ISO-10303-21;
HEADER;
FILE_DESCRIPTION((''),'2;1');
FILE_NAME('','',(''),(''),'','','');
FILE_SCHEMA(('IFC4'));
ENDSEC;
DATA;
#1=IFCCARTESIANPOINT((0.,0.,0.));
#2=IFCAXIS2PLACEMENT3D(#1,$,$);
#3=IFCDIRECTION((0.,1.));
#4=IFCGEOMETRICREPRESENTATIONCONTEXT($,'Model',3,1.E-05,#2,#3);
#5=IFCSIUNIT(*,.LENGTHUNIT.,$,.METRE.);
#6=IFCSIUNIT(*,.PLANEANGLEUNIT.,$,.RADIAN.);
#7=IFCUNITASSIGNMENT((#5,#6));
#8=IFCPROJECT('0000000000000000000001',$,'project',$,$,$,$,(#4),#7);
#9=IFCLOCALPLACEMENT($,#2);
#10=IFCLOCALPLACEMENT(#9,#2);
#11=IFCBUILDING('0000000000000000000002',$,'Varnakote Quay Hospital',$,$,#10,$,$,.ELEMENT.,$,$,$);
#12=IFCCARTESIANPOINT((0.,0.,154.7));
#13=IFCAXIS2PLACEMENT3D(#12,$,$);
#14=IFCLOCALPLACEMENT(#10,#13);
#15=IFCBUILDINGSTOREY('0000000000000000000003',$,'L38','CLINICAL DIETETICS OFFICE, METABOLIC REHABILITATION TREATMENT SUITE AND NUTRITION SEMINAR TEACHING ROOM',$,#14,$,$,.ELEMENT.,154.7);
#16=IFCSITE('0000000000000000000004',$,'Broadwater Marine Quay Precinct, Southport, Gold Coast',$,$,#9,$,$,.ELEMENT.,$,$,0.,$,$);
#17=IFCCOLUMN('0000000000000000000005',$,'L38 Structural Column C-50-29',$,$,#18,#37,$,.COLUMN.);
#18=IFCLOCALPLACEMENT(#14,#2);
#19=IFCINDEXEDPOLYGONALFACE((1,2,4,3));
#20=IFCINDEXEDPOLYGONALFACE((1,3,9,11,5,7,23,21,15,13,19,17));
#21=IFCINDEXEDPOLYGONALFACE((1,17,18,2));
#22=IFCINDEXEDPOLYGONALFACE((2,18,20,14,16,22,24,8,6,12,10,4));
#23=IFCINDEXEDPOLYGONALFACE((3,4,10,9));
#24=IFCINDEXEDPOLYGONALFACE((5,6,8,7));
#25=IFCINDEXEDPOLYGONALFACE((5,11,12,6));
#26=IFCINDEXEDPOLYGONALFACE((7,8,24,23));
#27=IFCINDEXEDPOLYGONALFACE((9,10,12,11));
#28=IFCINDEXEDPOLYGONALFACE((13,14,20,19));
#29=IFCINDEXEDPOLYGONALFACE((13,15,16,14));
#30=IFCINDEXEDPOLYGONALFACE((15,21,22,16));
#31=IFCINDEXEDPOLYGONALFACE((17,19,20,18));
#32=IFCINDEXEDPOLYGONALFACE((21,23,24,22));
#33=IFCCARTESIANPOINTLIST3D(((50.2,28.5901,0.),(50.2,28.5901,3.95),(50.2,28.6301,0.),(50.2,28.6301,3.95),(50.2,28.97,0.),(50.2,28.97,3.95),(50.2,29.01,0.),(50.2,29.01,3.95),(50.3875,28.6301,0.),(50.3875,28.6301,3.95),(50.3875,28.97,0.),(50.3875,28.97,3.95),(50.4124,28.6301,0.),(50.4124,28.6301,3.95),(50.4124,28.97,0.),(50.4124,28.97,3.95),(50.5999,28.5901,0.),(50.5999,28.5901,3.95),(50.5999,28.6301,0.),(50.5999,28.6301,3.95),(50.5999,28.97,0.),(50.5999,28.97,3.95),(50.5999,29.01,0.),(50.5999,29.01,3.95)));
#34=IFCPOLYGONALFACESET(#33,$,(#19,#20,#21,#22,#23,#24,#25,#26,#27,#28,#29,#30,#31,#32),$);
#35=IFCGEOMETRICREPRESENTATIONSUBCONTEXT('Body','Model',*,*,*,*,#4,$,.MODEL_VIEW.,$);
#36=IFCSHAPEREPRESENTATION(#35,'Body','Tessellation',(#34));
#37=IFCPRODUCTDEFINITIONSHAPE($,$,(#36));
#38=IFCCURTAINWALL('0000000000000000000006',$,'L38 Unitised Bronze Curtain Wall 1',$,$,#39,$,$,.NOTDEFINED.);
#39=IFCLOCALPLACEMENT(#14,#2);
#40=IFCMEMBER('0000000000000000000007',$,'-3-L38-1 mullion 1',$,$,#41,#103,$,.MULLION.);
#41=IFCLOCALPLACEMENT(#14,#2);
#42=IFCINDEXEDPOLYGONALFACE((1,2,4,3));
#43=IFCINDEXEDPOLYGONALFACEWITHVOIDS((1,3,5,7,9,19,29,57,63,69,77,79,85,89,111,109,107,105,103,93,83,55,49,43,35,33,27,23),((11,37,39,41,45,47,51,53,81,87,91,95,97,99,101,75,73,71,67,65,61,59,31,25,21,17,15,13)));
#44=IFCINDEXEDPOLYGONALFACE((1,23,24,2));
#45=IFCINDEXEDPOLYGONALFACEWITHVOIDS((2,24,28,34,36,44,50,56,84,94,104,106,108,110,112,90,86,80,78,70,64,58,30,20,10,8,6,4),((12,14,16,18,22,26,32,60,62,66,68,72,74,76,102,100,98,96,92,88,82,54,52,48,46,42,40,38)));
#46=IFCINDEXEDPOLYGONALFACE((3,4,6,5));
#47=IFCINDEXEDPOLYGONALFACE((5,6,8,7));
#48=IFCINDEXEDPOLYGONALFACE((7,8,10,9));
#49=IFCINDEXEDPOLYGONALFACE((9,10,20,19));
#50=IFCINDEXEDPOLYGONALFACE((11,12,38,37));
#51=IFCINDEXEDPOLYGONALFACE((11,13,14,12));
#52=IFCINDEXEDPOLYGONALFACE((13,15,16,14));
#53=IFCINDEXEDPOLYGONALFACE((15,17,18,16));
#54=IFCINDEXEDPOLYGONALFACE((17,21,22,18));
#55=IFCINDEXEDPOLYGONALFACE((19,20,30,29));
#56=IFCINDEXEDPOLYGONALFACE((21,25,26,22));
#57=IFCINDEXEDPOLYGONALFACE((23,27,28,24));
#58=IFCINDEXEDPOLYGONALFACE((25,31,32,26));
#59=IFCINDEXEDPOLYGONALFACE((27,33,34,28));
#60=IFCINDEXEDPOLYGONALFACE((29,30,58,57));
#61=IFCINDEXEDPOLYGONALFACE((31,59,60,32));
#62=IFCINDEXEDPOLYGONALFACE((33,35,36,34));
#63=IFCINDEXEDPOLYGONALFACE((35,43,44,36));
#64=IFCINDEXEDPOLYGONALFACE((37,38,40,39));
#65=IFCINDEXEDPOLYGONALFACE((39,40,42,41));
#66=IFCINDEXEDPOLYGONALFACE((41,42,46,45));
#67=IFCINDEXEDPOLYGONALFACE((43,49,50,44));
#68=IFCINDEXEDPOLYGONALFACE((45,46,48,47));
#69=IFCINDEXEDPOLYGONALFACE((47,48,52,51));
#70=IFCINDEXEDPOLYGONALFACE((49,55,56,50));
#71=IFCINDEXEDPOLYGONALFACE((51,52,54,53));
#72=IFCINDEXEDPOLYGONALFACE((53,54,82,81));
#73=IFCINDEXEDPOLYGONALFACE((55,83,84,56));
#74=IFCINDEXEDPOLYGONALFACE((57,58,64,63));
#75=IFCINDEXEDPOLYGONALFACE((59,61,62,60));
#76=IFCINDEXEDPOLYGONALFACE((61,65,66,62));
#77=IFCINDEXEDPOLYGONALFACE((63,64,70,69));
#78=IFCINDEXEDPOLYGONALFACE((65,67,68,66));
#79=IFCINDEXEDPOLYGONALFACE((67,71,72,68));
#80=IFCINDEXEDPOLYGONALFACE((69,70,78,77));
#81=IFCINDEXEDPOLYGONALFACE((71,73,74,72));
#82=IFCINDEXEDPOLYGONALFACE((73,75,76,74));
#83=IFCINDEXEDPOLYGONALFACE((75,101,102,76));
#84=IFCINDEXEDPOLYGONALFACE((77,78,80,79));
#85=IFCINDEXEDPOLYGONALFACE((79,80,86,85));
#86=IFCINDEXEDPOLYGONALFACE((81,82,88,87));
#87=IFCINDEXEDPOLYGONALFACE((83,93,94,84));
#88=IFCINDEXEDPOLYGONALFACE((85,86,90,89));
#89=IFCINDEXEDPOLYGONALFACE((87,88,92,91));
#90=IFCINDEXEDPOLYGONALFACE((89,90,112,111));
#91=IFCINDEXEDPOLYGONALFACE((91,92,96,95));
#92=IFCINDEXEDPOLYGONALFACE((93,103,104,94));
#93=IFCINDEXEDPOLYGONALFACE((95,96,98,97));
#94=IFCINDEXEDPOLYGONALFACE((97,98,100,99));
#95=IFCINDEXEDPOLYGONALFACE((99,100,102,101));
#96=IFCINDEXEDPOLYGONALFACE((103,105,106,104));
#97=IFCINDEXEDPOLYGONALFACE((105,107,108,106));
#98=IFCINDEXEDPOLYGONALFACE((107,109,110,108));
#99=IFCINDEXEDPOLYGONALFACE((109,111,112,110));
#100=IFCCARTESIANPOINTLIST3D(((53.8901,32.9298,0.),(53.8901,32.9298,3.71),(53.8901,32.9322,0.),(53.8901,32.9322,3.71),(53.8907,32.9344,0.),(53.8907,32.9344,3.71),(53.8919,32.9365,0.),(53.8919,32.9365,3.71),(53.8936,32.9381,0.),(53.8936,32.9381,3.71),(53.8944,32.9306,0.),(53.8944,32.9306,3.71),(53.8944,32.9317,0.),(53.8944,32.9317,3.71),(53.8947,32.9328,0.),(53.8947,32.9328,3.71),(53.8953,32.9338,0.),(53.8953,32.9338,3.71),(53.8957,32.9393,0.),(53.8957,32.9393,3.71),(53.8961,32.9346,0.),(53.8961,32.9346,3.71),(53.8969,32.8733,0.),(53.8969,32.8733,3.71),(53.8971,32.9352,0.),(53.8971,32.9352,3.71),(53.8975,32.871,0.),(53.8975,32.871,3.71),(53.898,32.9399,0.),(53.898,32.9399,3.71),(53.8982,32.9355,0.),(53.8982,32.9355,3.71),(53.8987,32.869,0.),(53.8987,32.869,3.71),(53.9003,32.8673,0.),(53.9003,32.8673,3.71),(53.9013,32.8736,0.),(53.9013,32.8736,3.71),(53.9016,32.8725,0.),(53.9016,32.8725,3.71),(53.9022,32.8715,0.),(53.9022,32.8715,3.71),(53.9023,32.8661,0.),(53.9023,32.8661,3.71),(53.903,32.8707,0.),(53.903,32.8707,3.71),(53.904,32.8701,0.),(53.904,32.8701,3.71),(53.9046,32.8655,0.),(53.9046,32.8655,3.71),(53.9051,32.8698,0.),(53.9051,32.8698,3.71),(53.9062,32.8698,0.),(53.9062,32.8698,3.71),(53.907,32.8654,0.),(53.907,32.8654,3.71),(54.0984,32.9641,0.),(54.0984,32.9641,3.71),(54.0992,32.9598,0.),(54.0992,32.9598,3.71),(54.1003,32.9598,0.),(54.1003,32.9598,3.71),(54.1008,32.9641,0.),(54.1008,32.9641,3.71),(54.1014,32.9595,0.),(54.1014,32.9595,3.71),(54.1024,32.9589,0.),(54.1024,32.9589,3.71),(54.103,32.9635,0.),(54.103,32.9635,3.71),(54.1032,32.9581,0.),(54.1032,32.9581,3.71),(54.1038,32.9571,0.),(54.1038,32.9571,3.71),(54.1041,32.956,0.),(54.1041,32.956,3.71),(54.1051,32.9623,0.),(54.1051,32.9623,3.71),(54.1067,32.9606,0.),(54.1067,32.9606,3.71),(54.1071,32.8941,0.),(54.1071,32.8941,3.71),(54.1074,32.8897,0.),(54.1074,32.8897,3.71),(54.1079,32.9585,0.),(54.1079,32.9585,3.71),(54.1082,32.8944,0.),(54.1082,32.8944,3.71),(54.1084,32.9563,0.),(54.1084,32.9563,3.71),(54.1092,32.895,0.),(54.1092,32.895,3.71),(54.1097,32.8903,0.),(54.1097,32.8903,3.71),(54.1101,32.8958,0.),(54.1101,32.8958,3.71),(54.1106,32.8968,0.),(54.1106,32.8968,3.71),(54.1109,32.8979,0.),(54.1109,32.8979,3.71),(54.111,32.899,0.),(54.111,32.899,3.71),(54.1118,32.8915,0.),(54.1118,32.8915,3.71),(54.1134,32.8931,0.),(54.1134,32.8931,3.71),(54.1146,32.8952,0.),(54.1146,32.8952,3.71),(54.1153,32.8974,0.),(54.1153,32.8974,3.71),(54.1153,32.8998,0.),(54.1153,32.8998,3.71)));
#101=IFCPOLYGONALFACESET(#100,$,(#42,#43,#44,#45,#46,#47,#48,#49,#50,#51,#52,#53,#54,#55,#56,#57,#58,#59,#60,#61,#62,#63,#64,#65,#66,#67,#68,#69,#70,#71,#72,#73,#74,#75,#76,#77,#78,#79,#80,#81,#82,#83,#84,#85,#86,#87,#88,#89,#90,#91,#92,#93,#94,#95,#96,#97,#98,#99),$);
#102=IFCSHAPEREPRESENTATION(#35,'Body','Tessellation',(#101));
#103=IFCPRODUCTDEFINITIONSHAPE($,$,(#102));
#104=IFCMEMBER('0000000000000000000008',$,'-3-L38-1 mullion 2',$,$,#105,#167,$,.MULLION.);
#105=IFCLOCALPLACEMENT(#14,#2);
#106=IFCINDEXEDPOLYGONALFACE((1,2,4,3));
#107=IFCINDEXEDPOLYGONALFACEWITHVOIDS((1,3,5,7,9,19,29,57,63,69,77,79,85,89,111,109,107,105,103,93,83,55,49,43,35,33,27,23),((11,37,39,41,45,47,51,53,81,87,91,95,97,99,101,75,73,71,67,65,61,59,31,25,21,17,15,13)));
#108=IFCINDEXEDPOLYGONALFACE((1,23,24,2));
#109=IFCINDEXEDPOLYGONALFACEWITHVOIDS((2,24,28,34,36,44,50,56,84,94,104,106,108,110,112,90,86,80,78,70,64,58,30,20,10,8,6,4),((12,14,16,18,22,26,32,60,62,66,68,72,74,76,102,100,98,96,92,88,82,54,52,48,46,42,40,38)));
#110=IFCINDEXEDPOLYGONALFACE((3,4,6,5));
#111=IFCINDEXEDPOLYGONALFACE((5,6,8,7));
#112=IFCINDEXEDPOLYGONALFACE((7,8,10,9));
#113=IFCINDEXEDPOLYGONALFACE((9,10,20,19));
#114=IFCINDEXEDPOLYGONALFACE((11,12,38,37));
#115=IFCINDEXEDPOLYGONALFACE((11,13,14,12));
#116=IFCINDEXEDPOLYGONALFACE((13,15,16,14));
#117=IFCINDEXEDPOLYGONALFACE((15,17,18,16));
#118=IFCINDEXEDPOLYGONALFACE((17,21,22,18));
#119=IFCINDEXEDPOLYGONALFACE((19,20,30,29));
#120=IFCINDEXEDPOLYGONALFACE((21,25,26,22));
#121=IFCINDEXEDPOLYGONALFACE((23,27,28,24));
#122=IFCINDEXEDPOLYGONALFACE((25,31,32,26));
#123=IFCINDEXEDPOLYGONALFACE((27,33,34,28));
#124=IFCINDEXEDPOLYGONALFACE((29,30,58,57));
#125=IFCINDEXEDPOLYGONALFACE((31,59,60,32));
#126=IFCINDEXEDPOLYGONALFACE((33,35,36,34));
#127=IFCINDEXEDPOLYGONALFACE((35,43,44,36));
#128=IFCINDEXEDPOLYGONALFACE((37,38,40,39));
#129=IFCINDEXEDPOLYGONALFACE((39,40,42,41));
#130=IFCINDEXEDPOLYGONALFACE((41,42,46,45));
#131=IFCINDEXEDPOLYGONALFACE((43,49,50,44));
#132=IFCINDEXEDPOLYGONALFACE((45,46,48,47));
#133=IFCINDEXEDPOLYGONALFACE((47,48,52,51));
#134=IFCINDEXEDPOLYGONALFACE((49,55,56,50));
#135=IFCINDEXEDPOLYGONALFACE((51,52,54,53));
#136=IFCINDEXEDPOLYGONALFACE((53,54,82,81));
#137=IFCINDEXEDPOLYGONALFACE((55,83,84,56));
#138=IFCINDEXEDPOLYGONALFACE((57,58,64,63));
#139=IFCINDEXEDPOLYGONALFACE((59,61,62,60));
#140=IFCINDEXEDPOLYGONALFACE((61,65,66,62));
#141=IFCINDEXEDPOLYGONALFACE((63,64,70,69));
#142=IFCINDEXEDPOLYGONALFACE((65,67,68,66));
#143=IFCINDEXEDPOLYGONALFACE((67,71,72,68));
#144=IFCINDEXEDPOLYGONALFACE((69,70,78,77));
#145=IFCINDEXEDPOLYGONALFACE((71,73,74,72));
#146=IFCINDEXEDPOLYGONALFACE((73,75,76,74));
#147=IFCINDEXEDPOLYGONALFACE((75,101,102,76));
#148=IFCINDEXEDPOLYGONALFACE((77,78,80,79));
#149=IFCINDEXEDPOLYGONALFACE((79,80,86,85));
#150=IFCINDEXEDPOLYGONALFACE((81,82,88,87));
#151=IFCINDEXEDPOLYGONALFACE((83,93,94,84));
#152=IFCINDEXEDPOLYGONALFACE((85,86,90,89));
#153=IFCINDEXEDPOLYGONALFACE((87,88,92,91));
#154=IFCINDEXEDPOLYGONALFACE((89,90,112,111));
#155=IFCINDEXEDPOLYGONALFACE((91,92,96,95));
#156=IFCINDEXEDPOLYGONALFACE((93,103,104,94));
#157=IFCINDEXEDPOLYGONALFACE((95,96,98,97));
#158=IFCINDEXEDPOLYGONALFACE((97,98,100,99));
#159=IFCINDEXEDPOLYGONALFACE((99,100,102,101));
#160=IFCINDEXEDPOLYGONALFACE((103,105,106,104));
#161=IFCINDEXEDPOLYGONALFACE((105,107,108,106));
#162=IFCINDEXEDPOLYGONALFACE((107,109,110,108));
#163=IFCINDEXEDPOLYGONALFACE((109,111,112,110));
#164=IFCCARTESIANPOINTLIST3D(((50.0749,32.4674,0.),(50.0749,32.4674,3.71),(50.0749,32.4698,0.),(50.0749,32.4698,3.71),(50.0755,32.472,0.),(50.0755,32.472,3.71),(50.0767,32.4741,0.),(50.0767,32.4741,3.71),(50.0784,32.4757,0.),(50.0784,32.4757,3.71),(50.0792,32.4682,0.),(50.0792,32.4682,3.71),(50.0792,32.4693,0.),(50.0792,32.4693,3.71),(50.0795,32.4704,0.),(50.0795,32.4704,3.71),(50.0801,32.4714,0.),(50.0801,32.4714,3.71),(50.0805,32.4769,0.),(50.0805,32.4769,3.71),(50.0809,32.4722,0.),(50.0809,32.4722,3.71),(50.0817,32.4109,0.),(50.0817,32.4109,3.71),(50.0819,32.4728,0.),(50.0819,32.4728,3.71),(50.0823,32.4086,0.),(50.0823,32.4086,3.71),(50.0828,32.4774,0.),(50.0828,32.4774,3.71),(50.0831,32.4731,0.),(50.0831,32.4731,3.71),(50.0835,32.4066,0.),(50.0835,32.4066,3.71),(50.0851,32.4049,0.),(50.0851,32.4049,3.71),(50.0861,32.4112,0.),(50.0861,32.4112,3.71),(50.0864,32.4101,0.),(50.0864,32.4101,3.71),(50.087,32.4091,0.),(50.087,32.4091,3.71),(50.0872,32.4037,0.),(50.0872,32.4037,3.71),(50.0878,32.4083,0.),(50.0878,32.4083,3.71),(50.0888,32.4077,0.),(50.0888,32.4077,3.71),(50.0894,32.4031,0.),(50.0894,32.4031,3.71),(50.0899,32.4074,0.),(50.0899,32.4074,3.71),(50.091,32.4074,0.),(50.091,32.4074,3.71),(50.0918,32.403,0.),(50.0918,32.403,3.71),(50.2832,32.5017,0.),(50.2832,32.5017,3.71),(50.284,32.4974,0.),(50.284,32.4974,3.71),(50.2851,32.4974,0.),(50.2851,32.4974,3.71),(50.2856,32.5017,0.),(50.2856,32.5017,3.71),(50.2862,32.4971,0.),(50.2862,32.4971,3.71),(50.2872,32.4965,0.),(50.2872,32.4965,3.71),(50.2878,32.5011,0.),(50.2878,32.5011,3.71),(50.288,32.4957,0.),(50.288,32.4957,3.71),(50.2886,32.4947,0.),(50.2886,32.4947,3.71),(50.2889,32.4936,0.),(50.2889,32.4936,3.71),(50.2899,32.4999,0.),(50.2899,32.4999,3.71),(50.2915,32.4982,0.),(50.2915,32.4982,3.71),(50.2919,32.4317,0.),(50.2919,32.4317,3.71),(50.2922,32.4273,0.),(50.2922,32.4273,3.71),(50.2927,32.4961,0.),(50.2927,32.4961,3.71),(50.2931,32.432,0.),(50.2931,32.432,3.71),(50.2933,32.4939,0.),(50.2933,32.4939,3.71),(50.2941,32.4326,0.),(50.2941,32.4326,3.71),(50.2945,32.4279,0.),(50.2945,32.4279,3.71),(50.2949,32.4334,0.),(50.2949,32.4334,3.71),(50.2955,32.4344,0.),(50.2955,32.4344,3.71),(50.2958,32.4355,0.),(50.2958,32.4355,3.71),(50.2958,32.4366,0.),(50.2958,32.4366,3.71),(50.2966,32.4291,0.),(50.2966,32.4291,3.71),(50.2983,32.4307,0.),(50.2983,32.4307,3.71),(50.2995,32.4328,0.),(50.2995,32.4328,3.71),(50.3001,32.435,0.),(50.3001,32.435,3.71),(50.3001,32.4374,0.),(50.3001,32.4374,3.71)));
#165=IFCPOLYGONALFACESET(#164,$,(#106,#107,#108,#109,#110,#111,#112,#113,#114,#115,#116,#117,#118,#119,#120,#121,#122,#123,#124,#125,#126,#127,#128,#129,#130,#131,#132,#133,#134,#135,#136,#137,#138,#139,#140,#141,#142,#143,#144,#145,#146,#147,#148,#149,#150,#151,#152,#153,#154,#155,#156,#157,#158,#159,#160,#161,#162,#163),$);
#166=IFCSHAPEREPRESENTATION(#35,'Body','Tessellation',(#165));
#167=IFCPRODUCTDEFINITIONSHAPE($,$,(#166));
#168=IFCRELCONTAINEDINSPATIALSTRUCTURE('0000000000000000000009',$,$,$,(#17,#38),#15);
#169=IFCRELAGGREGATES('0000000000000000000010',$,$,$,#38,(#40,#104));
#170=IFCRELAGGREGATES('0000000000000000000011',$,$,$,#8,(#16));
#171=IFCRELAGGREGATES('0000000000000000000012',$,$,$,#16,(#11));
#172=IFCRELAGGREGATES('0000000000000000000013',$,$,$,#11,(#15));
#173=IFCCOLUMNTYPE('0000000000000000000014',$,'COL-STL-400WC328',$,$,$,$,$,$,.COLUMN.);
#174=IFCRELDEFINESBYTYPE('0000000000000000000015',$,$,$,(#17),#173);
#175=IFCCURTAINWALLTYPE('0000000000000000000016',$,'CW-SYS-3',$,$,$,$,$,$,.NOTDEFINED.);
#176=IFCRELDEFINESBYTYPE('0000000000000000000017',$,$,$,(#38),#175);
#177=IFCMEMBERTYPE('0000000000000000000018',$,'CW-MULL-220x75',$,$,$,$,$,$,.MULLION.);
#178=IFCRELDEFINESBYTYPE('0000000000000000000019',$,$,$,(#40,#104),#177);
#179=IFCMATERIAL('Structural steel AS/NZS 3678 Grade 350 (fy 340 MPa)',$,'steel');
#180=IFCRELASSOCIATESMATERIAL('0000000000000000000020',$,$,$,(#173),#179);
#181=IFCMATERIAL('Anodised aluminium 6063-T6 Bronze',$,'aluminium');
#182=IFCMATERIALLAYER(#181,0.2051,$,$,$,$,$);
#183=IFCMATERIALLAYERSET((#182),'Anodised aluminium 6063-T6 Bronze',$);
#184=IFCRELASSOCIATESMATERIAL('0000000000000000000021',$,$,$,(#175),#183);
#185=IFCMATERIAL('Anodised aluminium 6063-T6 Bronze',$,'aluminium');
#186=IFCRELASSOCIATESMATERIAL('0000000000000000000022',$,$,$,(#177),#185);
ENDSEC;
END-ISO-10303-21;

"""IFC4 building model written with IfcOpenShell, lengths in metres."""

from ifc_helpers import new_model, si_unit, direction, frame, origin, origin_2d, place, context, subcontext, project, spatial, hollow_rectangle, i_section, extrude, material, layer, layer_set, material_profile, profile_set, type_object, element, aggregate, save


model = new_model("IFC4")

# Units and contexts
model_context = context("Model", 3, precision=1e-05, world=origin(), true_north=direction((0.0, 1.0)))
body_context = subcontext(model_context, "Body", "Model", "MODEL_VIEW")
ifc_project = project(units=[si_unit("LENGTHUNIT", "METRE"), si_unit("PLANEANGLEUNIT", "RADIAN")], contexts=[model_context])

# Site, building, storey
site_placement = place(None, origin())
site = spatial("IfcSite", under=ifc_project, at=site_placement, Name="Broadwater Marine Quay Precinct, Southport, Gold Coast", CompositionType="ELEMENT", RefElevation=0.0)
building_placement = place(site_placement, origin())
building = spatial("IfcBuilding", under=site, at=building_placement, Name="Varnakote Quay Hospital", CompositionType="ELEMENT")
storey_placement = place(building_placement, frame((0.0, 0.0, 154.7)))
storey = spatial("IfcBuildingStorey", under=building, at=storey_placement, Name="L38", Description="CLINICAL DIETETICS OFFICE, METABOLIC REHABILITATION TREATMENT SUITE AND NUTRITION SEMINAR TEACHING ROOM", CompositionType="ELEMENT", Elevation=154.7)

# Column
ifc_material_1 = material(Name="Structural steel AS/NZS 3678 Grade 350 (fy 340 MPa)", Category="steel")
ifc_material_profile_1 = material_profile(ifc_material_1, i_section(OverallWidth=0.3999, OverallDepth=0.4199, WebThickness=0.0249, FlangeThickness=0.04, at=origin_2d()), Name="400WC328")
ifc_profile_set_1 = profile_set([ifc_material_profile_1], Name="Structural steel AS/NZS 3678 Grade 350 (fy 340 MPa)")
column_type = type_object("IfcColumnType", Name="COL-STL-400WC328", PredefinedType="COLUMN", material=ifc_profile_set_1)
column_placement = place(storey_placement, frame((50.3999, 28.8, 0.0), z_axis=(0.0, 0.0, 1.0), x_axis=(1.0, 0.0, 0.0)))
element("IfcColumn", 1, at=column_placement, inside=storey, type_object=column_type, Name="L38 Structural Column C-50-29", PredefinedType="COLUMN", context=body_context, shape_type="SweptSolid", body=[
    extrude(i_section(OverallWidth=0.3999, OverallDepth=0.4199, WebThickness=0.0249, FlangeThickness=0.04, at=origin_2d()), origin(), (0.0, 0.0, 1.0), 3.95),
])

# Curtain wall, members
ifc_material_2 = material(Name="Anodised aluminium 6063-T6 Bronze", Category="aluminium")
ifc_layer_1 = layer(ifc_material_2, 0.2051)
ifc_layer_set_1 = layer_set([ifc_layer_1], Name="Anodised aluminium 6063-T6 Bronze")
curtain_wall_type = type_object("IfcCurtainWallType", Name="CW-SYS-3", PredefinedType="NOTDEFINED", material=ifc_layer_set_1)
curtain_wall_placement = place(storey_placement, origin())
curtain_wall = element("IfcCurtainWall", 2, at=curtain_wall_placement, inside=storey, type_object=curtain_wall_type, Name="L38 Unitised Bronze Curtain Wall 1", PredefinedType="NOTDEFINED")
ifc_material_3 = material(Name="Anodised aluminium 6063-T6 Bronze", Category="aluminium")
ifc_material_profile_2 = material_profile(ifc_material_3, hollow_rectangle(XDim=0.075, YDim=0.22, WallThickness=0.0044, InnerFilletRadius=0.0044, OuterFilletRadius=0.009, at=origin_2d()), Name="CW-MULL-220x75")
ifc_profile_set_2 = profile_set([ifc_material_profile_2], Name="Anodised aluminium 6063-T6 Bronze")
member_type_1 = type_object("IfcMemberType", Name="CW-MULL-220x75", PredefinedType="MULLION", material=ifc_profile_set_2)
member_1_placement = place(storey_placement, frame((54.0027, 32.9148, 0.0), z_axis=(0.0, 0.0, 1.0), x_axis=(0.120327, -0.992734, 0.0)))
member_1 = element("IfcMember", 3, at=member_1_placement, type_object=member_type_1, Name="-3-L38-1 mullion 1", PredefinedType="MULLION", context=body_context, shape_type="SweptSolid", body=[
    extrude(hollow_rectangle(XDim=0.075, YDim=0.22, WallThickness=0.0044, InnerFilletRadius=0.0044, OuterFilletRadius=0.009, at=origin_2d()), origin(), (0.0, 0.0, 1.0), 3.71),
])
member_2_placement = place(storey_placement, frame((50.1875, 32.4524, 0.0), z_axis=(0.0, 0.0, 1.0), x_axis=(0.120327, -0.992734, 0.0)))
member_2 = element("IfcMember", 4, at=member_2_placement, type_object=member_type_1, Name="-3-L38-1 mullion 2", PredefinedType="MULLION", context=body_context, shape_type="SweptSolid", body=[
    extrude(hollow_rectangle(XDim=0.075, YDim=0.22, WallThickness=0.0044, InnerFilletRadius=0.0044, OuterFilletRadius=0.009, at=origin_2d()), origin(), (0.0, 0.0, 1.0), 3.71),
])
aggregate(curtain_wall, [member_1, member_2])

save(model, "model.ifc")
